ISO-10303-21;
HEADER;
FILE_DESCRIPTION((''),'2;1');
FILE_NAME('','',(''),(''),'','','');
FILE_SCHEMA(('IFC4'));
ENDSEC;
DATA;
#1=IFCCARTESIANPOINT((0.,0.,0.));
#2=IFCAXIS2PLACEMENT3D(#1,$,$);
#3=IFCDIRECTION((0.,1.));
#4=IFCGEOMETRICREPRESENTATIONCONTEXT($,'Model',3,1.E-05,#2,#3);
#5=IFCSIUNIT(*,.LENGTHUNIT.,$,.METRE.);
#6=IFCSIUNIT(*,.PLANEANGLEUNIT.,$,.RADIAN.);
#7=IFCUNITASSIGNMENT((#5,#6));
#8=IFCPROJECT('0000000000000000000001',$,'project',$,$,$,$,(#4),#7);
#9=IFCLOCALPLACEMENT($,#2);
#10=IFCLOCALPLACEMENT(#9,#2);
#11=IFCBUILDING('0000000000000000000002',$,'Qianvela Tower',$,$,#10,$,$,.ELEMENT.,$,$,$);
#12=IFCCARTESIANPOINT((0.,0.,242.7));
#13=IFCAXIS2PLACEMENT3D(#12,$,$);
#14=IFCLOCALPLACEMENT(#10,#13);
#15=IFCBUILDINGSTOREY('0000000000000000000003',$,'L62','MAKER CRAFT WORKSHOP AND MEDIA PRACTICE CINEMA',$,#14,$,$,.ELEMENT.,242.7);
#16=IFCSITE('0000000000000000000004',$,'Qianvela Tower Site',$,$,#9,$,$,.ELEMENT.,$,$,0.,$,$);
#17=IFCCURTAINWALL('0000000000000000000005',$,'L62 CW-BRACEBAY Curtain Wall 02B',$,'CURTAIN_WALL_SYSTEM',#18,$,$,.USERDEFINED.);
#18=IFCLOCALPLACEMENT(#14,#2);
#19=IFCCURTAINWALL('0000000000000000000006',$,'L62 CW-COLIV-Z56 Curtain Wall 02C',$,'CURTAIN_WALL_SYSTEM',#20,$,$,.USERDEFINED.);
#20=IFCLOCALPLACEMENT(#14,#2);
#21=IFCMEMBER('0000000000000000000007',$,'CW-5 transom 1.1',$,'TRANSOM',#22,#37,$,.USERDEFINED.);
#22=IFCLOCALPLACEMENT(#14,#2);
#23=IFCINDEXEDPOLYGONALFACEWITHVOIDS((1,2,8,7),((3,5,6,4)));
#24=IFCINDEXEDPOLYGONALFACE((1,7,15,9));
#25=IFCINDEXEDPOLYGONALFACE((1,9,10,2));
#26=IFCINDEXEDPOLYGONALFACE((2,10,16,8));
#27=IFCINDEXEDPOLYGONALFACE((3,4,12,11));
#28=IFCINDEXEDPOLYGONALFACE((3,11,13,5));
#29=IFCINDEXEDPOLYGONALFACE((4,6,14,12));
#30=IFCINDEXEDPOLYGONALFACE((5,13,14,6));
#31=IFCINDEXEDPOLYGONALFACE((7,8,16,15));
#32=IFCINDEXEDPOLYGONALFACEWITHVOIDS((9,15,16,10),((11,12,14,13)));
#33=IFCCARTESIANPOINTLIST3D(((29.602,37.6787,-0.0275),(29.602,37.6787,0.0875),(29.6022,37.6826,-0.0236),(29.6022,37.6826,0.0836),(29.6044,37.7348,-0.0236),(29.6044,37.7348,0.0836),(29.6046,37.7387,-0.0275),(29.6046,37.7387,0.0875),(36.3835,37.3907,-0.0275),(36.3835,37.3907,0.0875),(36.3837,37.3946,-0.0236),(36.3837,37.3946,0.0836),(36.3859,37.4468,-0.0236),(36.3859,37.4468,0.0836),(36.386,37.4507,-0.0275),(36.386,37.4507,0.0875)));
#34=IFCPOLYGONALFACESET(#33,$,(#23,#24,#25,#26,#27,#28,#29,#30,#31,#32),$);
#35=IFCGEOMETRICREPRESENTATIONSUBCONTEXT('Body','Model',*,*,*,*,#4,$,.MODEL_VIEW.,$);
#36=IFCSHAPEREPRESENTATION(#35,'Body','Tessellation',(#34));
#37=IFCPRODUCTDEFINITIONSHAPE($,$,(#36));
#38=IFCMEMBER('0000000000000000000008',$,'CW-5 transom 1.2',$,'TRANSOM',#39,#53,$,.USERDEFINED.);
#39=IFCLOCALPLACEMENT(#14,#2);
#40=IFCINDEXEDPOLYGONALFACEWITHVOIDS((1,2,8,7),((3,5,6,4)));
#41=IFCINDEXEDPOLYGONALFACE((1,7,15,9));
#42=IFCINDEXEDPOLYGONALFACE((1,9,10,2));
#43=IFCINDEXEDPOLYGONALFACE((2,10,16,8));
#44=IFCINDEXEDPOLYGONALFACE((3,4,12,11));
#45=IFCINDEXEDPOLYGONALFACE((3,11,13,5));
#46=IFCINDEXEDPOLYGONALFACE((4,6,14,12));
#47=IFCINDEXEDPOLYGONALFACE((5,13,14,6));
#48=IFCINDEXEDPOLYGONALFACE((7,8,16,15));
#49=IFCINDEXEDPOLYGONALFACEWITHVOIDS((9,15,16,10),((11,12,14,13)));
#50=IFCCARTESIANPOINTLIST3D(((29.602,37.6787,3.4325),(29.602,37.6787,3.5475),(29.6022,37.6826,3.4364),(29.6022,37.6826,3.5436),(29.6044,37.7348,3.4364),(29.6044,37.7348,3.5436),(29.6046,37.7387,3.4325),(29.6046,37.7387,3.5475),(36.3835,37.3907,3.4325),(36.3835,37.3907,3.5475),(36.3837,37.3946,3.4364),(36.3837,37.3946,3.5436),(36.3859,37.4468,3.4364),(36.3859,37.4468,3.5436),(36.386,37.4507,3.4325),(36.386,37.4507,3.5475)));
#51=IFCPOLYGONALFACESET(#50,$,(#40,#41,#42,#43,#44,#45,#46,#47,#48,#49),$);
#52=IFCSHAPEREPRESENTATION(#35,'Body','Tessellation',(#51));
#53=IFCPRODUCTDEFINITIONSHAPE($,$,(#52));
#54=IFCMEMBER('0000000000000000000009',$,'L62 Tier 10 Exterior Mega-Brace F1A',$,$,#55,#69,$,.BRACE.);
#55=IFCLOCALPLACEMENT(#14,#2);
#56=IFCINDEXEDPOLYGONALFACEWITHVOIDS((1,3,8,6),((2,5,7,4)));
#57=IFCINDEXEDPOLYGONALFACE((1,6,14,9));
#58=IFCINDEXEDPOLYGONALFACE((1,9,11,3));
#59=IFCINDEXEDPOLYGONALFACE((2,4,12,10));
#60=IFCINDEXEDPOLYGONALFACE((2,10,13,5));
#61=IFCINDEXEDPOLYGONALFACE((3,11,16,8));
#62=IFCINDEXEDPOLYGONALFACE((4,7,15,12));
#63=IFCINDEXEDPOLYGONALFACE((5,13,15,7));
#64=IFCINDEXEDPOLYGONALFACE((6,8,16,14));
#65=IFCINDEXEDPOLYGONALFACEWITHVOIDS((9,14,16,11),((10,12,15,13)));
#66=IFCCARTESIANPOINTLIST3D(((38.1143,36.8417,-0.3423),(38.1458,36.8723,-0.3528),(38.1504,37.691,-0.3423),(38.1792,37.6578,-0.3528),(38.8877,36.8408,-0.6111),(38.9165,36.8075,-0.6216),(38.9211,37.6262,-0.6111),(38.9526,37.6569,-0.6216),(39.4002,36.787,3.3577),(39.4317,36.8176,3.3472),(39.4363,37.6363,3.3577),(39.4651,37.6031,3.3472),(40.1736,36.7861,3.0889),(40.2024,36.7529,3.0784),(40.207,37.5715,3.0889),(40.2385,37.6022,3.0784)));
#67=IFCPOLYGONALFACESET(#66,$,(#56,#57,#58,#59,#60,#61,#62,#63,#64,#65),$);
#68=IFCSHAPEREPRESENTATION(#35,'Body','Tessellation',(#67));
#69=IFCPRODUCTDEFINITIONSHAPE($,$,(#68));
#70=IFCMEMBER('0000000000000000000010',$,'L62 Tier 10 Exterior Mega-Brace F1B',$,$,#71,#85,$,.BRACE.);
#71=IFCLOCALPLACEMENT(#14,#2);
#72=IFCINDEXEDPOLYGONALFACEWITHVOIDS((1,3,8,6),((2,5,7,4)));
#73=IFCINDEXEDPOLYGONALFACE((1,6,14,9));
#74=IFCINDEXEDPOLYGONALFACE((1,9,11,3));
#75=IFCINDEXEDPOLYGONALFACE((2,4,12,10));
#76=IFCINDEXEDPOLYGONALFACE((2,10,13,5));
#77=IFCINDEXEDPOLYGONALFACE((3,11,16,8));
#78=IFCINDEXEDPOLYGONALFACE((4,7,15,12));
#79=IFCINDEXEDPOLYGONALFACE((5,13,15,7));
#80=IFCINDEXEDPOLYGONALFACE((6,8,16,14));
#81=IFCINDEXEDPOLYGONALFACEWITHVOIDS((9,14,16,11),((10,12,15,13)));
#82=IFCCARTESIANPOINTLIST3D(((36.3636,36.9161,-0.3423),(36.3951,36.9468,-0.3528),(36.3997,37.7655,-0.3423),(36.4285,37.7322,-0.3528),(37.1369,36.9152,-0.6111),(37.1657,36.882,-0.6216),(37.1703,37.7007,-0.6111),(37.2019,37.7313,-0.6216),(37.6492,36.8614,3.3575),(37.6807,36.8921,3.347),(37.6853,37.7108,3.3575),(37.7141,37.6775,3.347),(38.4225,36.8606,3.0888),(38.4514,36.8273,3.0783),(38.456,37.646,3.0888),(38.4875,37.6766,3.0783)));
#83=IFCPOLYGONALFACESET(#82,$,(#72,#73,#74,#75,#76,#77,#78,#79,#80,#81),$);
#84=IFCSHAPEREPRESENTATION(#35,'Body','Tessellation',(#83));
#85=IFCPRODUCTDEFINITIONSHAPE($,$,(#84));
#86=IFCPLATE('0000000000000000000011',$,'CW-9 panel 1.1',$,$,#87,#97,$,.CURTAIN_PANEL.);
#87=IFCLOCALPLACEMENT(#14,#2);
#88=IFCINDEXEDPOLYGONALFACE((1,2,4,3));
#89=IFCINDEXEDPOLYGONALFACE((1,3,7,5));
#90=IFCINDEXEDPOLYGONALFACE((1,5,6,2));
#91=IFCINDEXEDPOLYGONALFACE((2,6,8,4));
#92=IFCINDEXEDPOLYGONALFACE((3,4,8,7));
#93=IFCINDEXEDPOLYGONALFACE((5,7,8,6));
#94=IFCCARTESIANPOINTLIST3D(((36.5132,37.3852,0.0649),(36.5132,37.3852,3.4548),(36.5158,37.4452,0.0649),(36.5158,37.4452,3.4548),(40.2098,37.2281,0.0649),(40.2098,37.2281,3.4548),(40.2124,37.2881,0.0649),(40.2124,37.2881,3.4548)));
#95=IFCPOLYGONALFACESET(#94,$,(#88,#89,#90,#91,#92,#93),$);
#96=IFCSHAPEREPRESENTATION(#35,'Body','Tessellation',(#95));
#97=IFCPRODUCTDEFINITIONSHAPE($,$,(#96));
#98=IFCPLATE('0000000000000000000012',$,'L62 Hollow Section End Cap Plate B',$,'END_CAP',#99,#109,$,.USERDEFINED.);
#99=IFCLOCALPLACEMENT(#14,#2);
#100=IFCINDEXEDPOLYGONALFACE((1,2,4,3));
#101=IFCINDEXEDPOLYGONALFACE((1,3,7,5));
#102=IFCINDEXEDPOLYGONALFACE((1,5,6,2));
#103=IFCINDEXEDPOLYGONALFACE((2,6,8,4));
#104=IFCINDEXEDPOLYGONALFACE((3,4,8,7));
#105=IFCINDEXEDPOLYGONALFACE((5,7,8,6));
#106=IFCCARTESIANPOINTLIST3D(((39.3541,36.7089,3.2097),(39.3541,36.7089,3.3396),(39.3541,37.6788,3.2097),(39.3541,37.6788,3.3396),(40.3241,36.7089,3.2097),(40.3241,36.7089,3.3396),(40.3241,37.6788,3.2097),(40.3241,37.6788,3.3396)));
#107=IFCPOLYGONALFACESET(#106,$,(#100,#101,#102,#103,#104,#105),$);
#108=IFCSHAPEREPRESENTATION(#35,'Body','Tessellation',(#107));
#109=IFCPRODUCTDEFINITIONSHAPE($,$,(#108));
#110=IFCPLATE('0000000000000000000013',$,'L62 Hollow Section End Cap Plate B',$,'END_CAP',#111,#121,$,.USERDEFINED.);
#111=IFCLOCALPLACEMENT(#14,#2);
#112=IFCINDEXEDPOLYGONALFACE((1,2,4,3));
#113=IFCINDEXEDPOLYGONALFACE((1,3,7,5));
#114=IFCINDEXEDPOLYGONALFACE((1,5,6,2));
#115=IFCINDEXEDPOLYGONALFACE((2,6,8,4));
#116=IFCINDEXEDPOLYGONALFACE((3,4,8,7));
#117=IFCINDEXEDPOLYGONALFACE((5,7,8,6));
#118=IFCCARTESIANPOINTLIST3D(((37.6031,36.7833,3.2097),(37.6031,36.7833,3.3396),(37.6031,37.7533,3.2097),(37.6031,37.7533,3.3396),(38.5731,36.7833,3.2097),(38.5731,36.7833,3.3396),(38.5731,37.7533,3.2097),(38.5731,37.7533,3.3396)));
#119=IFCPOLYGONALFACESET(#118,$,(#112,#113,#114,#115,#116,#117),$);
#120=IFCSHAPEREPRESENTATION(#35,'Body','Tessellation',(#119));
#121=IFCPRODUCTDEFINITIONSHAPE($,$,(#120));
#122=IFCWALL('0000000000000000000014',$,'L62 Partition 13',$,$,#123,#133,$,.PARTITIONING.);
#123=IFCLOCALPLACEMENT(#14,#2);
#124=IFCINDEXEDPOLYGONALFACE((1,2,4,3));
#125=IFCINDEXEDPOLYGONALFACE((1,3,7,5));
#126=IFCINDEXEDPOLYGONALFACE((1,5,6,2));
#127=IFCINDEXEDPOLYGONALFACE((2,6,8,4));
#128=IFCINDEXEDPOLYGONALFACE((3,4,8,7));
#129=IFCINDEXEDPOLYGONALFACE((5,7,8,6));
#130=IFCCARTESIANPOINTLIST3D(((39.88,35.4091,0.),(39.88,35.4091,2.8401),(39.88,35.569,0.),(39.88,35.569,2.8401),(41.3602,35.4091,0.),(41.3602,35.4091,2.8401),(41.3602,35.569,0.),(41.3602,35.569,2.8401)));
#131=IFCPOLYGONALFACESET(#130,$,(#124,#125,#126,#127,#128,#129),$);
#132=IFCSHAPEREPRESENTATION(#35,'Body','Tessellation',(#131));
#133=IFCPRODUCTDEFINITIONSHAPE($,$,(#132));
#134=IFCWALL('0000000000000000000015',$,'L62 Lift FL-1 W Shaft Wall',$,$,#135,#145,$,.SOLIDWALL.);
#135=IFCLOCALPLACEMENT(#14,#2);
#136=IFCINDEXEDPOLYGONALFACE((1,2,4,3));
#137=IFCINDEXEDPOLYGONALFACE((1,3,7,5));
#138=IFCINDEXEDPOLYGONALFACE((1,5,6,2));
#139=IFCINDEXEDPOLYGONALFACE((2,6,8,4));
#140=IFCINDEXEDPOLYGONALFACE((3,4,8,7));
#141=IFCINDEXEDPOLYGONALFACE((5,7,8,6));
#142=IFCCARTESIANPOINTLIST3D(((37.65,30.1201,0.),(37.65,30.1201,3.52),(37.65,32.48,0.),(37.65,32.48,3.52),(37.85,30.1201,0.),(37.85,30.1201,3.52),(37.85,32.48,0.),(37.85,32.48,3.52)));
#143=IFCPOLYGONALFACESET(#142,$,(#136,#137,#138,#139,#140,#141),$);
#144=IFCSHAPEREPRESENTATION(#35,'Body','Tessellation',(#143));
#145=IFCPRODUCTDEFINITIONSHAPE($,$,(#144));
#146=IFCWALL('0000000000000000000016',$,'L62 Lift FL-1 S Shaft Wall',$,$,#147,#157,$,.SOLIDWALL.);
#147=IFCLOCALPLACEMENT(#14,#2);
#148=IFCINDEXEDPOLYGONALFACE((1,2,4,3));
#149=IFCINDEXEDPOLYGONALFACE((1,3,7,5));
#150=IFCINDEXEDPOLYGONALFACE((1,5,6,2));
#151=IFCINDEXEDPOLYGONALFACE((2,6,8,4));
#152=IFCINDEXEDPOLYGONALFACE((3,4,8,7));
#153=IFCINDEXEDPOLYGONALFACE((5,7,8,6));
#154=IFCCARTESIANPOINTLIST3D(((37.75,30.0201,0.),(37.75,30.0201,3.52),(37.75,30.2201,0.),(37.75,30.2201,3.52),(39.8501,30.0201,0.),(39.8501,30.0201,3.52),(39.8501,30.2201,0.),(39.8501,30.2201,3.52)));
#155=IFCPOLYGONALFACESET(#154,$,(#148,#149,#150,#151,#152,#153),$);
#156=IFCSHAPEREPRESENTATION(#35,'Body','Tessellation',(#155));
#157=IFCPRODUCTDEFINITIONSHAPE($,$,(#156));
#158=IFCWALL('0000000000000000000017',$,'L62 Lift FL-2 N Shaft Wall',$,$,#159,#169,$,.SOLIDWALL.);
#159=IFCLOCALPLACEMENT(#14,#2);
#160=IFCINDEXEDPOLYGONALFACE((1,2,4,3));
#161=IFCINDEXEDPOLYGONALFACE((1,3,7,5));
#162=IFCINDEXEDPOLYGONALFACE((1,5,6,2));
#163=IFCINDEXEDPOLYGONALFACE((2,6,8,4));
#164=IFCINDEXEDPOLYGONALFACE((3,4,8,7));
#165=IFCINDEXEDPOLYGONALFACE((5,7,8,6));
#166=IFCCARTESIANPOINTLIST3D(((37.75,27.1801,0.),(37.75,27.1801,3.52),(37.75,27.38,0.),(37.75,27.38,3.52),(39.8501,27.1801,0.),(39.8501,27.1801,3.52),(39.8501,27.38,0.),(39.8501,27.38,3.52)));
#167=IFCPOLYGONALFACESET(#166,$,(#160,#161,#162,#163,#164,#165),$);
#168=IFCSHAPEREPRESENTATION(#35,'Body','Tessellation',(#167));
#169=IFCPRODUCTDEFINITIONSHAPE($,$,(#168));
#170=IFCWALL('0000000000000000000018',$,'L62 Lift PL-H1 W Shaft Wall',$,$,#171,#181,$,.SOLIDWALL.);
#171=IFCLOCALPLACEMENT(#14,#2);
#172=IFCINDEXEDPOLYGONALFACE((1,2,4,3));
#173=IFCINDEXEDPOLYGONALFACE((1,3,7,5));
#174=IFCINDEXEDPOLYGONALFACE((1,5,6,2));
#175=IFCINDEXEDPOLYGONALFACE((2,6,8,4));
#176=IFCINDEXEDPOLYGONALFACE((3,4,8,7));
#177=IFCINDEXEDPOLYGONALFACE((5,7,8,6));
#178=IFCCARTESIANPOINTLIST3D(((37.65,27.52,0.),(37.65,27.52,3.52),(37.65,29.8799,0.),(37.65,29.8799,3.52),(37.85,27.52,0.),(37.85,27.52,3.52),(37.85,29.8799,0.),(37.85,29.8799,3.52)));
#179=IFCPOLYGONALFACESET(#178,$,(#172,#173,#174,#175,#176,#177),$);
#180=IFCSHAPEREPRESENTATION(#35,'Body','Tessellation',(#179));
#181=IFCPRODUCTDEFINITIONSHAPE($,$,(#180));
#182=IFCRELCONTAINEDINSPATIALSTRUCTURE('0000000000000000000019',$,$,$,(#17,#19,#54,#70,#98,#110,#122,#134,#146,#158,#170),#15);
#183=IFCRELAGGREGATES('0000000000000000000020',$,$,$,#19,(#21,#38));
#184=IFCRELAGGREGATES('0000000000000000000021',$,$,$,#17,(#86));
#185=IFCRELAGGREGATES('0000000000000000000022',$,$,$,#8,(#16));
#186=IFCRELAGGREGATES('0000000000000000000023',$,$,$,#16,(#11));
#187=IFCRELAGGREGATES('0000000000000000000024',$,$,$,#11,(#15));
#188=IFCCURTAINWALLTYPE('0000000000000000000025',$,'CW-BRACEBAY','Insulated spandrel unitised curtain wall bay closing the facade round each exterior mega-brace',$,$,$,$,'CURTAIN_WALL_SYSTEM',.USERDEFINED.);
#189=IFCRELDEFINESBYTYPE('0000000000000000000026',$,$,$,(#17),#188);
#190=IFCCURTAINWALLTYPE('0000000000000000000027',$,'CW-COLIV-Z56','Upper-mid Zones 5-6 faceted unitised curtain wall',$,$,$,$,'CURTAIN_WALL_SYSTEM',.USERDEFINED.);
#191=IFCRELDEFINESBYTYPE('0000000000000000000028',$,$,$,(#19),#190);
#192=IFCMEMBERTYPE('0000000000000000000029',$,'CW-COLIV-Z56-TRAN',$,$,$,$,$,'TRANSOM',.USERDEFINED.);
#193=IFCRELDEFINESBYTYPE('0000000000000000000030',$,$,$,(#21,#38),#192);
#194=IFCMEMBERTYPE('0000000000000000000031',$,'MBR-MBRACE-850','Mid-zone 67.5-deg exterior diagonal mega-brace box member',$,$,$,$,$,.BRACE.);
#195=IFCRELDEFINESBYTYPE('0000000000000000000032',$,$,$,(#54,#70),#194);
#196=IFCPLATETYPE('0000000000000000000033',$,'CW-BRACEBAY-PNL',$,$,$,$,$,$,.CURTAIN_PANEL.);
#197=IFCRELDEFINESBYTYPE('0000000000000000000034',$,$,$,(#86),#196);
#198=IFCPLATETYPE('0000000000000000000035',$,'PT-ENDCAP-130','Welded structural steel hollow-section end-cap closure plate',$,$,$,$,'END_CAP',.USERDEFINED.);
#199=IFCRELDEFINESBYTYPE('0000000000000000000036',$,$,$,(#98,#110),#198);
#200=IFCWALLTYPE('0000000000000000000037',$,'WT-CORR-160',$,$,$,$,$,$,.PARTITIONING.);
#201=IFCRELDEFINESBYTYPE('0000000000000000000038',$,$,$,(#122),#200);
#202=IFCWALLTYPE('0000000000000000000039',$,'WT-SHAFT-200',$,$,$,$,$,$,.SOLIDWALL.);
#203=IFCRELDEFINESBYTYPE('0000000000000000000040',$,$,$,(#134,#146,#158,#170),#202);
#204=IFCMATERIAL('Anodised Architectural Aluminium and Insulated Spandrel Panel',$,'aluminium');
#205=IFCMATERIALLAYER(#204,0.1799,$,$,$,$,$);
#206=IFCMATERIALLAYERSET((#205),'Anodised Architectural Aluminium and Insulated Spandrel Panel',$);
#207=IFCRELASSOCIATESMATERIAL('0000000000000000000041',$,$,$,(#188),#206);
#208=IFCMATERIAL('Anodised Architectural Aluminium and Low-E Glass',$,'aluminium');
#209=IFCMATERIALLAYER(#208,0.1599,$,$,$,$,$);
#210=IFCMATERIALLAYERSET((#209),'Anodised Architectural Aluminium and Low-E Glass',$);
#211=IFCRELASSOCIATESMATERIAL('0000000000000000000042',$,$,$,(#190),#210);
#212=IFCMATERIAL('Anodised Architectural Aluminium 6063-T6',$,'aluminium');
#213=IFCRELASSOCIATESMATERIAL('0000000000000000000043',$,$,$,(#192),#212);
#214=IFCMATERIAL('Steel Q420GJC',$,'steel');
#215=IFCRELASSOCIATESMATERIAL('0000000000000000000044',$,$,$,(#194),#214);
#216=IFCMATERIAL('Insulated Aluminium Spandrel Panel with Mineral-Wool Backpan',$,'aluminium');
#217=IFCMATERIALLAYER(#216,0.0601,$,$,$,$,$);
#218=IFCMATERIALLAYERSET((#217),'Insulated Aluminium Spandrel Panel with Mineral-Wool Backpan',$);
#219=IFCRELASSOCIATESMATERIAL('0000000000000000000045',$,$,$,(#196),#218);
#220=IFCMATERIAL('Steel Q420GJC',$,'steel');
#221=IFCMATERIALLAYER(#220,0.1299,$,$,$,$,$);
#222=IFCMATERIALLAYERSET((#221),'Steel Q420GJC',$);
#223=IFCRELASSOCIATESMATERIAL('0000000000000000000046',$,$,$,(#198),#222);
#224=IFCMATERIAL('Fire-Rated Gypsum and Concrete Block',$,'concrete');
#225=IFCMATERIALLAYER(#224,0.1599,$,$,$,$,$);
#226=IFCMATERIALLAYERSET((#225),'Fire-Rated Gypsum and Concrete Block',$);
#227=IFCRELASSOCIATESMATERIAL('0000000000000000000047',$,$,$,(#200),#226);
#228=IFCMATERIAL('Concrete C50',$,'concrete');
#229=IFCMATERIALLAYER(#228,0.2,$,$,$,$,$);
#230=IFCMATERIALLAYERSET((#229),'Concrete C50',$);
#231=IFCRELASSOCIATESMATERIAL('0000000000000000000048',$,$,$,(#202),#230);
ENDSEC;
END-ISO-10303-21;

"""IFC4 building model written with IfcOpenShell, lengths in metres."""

from ifc_helpers import new_model, si_unit, direction, frame, frame_2d, origin, origin_2d, place, context, subcontext, project, spatial, rectangle, hollow_rectangle, extrude, material, layer, layer_set, material_profile, profile_set, type_object, element, aggregate, save


model = new_model("IFC4")

# Units and contexts
model_context = context("Model", 3, precision=1e-05, world=origin(), true_north=direction((0.0, 1.0)))
body_context = subcontext(model_context, "Body", "Model", "MODEL_VIEW")
ifc_project = project(units=[si_unit("LENGTHUNIT", "METRE"), si_unit("PLANEANGLEUNIT", "RADIAN")], contexts=[model_context])

# Site, building, storey
site_placement = place(None, origin())
site = spatial("IfcSite", under=ifc_project, at=site_placement, Name="Qianvela Tower Site", CompositionType="ELEMENT", RefElevation=0.0)
building_placement = place(site_placement, origin())
building = spatial("IfcBuilding", under=site, at=building_placement, Name="Qianvela Tower", CompositionType="ELEMENT")
storey_placement = place(building_placement, frame((0.0, 0.0, 242.7)))
storey = spatial("IfcBuildingStorey", under=building, at=storey_placement, Name="L62", Description="MAKER CRAFT WORKSHOP AND MEDIA PRACTICE CINEMA", CompositionType="ELEMENT", Elevation=242.7)

# Curtain wall
ifc_material_1 = material(Name="Anodised Architectural Aluminium and Insulated Spandrel Panel", Category="aluminium")
ifc_layer_1 = layer(ifc_material_1, 0.1799)
ifc_layer_set_1 = layer_set([ifc_layer_1], Name="Anodised Architectural Aluminium and Insulated Spandrel Panel")
curtain_wall_type_1 = type_object("IfcCurtainWallType", Name="CW-BRACEBAY", Description="Insulated spandrel unitised curtain wall bay closing the facade round each exterior mega-brace", ElementType="CURTAIN_WALL_SYSTEM", PredefinedType="USERDEFINED", material=ifc_layer_set_1)
curtain_wall_1_placement = place(storey_placement, origin())
curtain_wall_1 = element("IfcCurtainWall", 1, at=curtain_wall_1_placement, inside=storey, type_object=curtain_wall_type_1, Name="L62 CW-BRACEBAY Curtain Wall 02B", ObjectType="CURTAIN_WALL_SYSTEM", PredefinedType="USERDEFINED")

# Curtain wall, members
ifc_material_2 = material(Name="Anodised Architectural Aluminium and Low-E Glass", Category="aluminium")
ifc_layer_2 = layer(ifc_material_2, 0.1599)
ifc_layer_set_2 = layer_set([ifc_layer_2], Name="Anodised Architectural Aluminium and Low-E Glass")
curtain_wall_type_2 = type_object("IfcCurtainWallType", Name="CW-COLIV-Z56", Description="Upper-mid Zones 5-6 faceted unitised curtain wall", ElementType="CURTAIN_WALL_SYSTEM", PredefinedType="USERDEFINED", material=ifc_layer_set_2)
curtain_wall_2_placement = place(storey_placement, origin())
curtain_wall_2 = element("IfcCurtainWall", 2, at=curtain_wall_2_placement, inside=storey, type_object=curtain_wall_type_2, Name="L62 CW-COLIV-Z56 Curtain Wall 02C", ObjectType="CURTAIN_WALL_SYSTEM", PredefinedType="USERDEFINED")
ifc_material_3 = material(Name="Anodised Architectural Aluminium 6063-T6", Category="aluminium")
ifc_material_profile_1 = material_profile(ifc_material_3, hollow_rectangle(XDim=0.0601, YDim=0.115, WallThickness=0.0039, at=origin_2d()), Name="ALU-TRAN-60x115")
ifc_profile_set_1 = profile_set([ifc_material_profile_1], Name="Anodised Architectural Aluminium 6063-T6")
member_type_1 = type_object("IfcMemberType", Name="CW-COLIV-Z56-TRAN", ElementType="TRANSOM", PredefinedType="USERDEFINED", material=ifc_profile_set_1)
member_1_placement = place(storey_placement, frame((36.3848, 37.4207, 0.03), z_axis=(-0.999099, 0.042443, 0.0), x_axis=(-0.042443, -0.999099, 0.0)))
member_1 = element("IfcMember", 3, at=member_1_placement, type_object=member_type_1, Name="CW-5 transom 1.1", ObjectType="TRANSOM", PredefinedType="USERDEFINED", context=body_context, shape_type="SweptSolid", body=[
    extrude(hollow_rectangle(XDim=0.0601, YDim=0.115, WallThickness=0.0039, at=origin_2d()), origin(), (0.0, 0.0, 1.0), 6.7876),
])
member_2_placement = place(storey_placement, frame((36.3848, 37.4207, 3.49), z_axis=(-0.999099, 0.042443, 0.0), x_axis=(-0.042443, -0.999099, 0.0)))
member_2 = element("IfcMember", 4, at=member_2_placement, type_object=member_type_1, Name="CW-5 transom 1.2", ObjectType="TRANSOM", PredefinedType="USERDEFINED", context=body_context, shape_type="SweptSolid", body=[
    extrude(hollow_rectangle(XDim=0.0601, YDim=0.115, WallThickness=0.0039, at=origin_2d()), origin(), (0.0, 0.0, 1.0), 6.7876),
])
aggregate(curtain_wall_2, [member_1, member_2])

# Members
ifc_material_4 = material(Name="Steel Q420GJC", Category="steel")
ifc_material_profile_2 = material_profile(ifc_material_4, hollow_rectangle(XDim=0.8501, YDim=0.8501, WallThickness=0.032, at=origin_2d()), Name="MBOX-850x850x32")
ifc_profile_set_2 = profile_set([ifc_material_profile_2], Name="Steel Q420GJC")
member_type_2 = type_object("IfcMemberType", Name="MBR-MBRACE-850", Description="Mid-zone 67.5-deg exterior diagonal mega-brace box member", PredefinedType="BRACE", material=ifc_profile_set_2)
member_3_placement = place(storey_placement, frame((38.5334, 37.2493, -0.4819), z_axis=(0.328249, -0.01396, 0.944488), x_axis=(0.042491, 0.999097, 0.0)))
element("IfcMember", 5, at=member_3_placement, inside=storey, type_object=member_type_2, Name="L62 Tier 10 Exterior Mega-Brace F1A", PredefinedType="BRACE", context=body_context, shape_type="SweptSolid", body=[
    extrude(hollow_rectangle(XDim=0.8501, YDim=0.8501, WallThickness=0.032, at=origin_2d()), origin(), (0.0, 0.0, 1.0), 3.9175),
])
member_4_placement = place(storey_placement, frame((36.7827, 37.3237, -0.4819), z_axis=(0.328194, -0.01396, 0.944507), x_axis=(0.042499, 0.999097, 0.0)))
element("IfcMember", 6, at=member_4_placement, inside=storey, type_object=member_type_2, Name="L62 Tier 10 Exterior Mega-Brace F1B", PredefinedType="BRACE", context=body_context, shape_type="SweptSolid", body=[
    extrude(hollow_rectangle(XDim=0.8501, YDim=0.8501, WallThickness=0.032, at=origin_2d()), origin(), (0.0, 0.0, 1.0), 3.9172),
])

# Plate
ifc_material_5 = material(Name="Insulated Aluminium Spandrel Panel with Mineral-Wool Backpan", Category="aluminium")
ifc_layer_3 = layer(ifc_material_5, 0.0601)
ifc_layer_set_3 = layer_set([ifc_layer_3], Name="Insulated Aluminium Spandrel Panel with Mineral-Wool Backpan")
plate_type_1 = type_object("IfcPlateType", Name="CW-BRACEBAY-PNL", PredefinedType="CURTAIN_PANEL", material=ifc_layer_set_3)
plate_placement = place(storey_placement, frame((38.3628, 37.3367, 0.0649), z_axis=(0.0, 0.0, 1.0), x_axis=(-0.999098, 0.042454, 0.0)))
plate = element("IfcPlate", 7, at=plate_placement, type_object=plate_type_1, Name="CW-9 panel 1.1", PredefinedType="CURTAIN_PANEL", context=body_context, shape_type="SweptSolid", body=[
    extrude(rectangle(XDim=3.7, YDim=0.0601, at=origin_2d()), origin(), (0.0, 0.0, 1.0), 3.3899),
])
aggregate(curtain_wall_1, [plate])

# Plates
ifc_material_6 = material(Name="Steel Q420GJC", Category="steel")
ifc_layer_4 = layer(ifc_material_6, 0.1299)
ifc_layer_set_4 = layer_set([ifc_layer_4], Name="Steel Q420GJC")
plate_type_2 = type_object("IfcPlateType", Name="PT-ENDCAP-130", Description="Welded structural steel hollow-section end-cap closure plate", ElementType="END_CAP", PredefinedType="USERDEFINED", material=ifc_layer_set_4)
for number, where, z_axis, x_axis, name in (
    (8, (39.8391, 37.1938, 3.2097), (0.0, 0.0, 1.0), (1.0, 0.0, 0.0), "L62 Hollow Section End Cap Plate B"),
    (9, (38.0881, 37.2683, 3.2097), (0.0, 0.0, 1.0), (1.0, 0.0, 0.0), "L62 Hollow Section End Cap Plate B"),
):
    element("IfcPlate", number, at=place(storey_placement, frame(where, z_axis=z_axis, x_axis=x_axis)), inside=storey, type_object=plate_type_2, Name=name, ObjectType="END_CAP", PredefinedType="USERDEFINED", context=body_context, shape_type="SweptSolid", body=[
        extrude(rectangle(XDim=0.97, YDim=0.97, at=origin_2d()), origin(), (0.0, 0.0, 1.0), 0.1299),
    ])

# Wall
ifc_material_7 = material(Name="Fire-Rated Gypsum and Concrete Block", Category="concrete")
ifc_layer_5 = layer(ifc_material_7, 0.1599)
ifc_layer_set_5 = layer_set([ifc_layer_5], Name="Fire-Rated Gypsum and Concrete Block")
wall_type_1 = type_object("IfcWallType", Name="WT-CORR-160", PredefinedType="PARTITIONING", material=ifc_layer_set_5)
wall_1_placement = place(storey_placement, frame((39.8799, 35.489, 0.0), z_axis=(0.0, 0.0, 1.0), x_axis=(1.0, 0.0, 0.0)))
element("IfcWall", 10, at=wall_1_placement, inside=storey, type_object=wall_type_1, Name="L62 Partition 13", PredefinedType="PARTITIONING", context=body_context, shape_type="SweptSolid", body=[
    extrude(rectangle(XDim=1.4802, YDim=0.1599, at=frame_2d((0.7402, 0.0))), origin(), (0.0, 0.0, 1.0), 2.8401),
])

# Shared definitions
ifc_material_8 = material(Name="Concrete C50", Category="concrete")
ifc_layer_6 = layer(ifc_material_8, 0.2)
ifc_layer_set_6 = layer_set([ifc_layer_6], Name="Concrete C50")
wall_type_2 = type_object("IfcWallType", Name="WT-SHAFT-200", PredefinedType="SOLIDWALL", material=ifc_layer_set_6)

# Walls
wall_2_placement = place(storey_placement, frame((37.75, 30.1201, 0.0), z_axis=(0.0, 0.0, 1.0), x_axis=(0.0, 1.0, 0.0)))
element("IfcWall", 11, at=wall_2_placement, inside=storey, type_object=wall_type_2, Name="L62 Lift FL-1 W Shaft Wall", PredefinedType="SOLIDWALL", context=body_context, shape_type="SweptSolid", body=[
    extrude(rectangle(XDim=2.3599, YDim=0.2, at=frame_2d((1.1799, 0.0))), origin(), (0.0, 0.0, 1.0), 3.52),
])
for number, where, z_axis, x_axis, name in (
    (12, (37.75, 30.1201, 0.0), (0.0, 0.0, 1.0), (1.0, 0.0, 0.0), "L62 Lift FL-1 S Shaft Wall"),
    (13, (37.75, 27.28, 0.0), (0.0, 0.0, 1.0), (1.0, 0.0, 0.0), "L62 Lift FL-2 N Shaft Wall"),
):
    element("IfcWall", number, at=place(storey_placement, frame(where, z_axis=z_axis, x_axis=x_axis)), inside=storey, type_object=wall_type_2, Name=name, PredefinedType="SOLIDWALL", context=body_context, shape_type="SweptSolid", body=[
        extrude(rectangle(XDim=2.1001, YDim=0.2, at=frame_2d((1.05, 0.0))), origin(), (0.0, 0.0, 1.0), 3.52),
    ])

# Wall
wall_3_placement = place(storey_placement, frame((37.75, 27.52, 0.0), z_axis=(0.0, 0.0, 1.0), x_axis=(0.0, 1.0, 0.0)))
element("IfcWall", 14, at=wall_3_placement, inside=storey, type_object=wall_type_2, Name="L62 Lift PL-H1 W Shaft Wall", PredefinedType="SOLIDWALL", context=body_context, shape_type="SweptSolid", body=[
    extrude(rectangle(XDim=2.3599, YDim=0.2, at=frame_2d((1.1799, 0.0))), origin(), (0.0, 0.0, 1.0), 3.52),
])

save(model, "model.ifc")
